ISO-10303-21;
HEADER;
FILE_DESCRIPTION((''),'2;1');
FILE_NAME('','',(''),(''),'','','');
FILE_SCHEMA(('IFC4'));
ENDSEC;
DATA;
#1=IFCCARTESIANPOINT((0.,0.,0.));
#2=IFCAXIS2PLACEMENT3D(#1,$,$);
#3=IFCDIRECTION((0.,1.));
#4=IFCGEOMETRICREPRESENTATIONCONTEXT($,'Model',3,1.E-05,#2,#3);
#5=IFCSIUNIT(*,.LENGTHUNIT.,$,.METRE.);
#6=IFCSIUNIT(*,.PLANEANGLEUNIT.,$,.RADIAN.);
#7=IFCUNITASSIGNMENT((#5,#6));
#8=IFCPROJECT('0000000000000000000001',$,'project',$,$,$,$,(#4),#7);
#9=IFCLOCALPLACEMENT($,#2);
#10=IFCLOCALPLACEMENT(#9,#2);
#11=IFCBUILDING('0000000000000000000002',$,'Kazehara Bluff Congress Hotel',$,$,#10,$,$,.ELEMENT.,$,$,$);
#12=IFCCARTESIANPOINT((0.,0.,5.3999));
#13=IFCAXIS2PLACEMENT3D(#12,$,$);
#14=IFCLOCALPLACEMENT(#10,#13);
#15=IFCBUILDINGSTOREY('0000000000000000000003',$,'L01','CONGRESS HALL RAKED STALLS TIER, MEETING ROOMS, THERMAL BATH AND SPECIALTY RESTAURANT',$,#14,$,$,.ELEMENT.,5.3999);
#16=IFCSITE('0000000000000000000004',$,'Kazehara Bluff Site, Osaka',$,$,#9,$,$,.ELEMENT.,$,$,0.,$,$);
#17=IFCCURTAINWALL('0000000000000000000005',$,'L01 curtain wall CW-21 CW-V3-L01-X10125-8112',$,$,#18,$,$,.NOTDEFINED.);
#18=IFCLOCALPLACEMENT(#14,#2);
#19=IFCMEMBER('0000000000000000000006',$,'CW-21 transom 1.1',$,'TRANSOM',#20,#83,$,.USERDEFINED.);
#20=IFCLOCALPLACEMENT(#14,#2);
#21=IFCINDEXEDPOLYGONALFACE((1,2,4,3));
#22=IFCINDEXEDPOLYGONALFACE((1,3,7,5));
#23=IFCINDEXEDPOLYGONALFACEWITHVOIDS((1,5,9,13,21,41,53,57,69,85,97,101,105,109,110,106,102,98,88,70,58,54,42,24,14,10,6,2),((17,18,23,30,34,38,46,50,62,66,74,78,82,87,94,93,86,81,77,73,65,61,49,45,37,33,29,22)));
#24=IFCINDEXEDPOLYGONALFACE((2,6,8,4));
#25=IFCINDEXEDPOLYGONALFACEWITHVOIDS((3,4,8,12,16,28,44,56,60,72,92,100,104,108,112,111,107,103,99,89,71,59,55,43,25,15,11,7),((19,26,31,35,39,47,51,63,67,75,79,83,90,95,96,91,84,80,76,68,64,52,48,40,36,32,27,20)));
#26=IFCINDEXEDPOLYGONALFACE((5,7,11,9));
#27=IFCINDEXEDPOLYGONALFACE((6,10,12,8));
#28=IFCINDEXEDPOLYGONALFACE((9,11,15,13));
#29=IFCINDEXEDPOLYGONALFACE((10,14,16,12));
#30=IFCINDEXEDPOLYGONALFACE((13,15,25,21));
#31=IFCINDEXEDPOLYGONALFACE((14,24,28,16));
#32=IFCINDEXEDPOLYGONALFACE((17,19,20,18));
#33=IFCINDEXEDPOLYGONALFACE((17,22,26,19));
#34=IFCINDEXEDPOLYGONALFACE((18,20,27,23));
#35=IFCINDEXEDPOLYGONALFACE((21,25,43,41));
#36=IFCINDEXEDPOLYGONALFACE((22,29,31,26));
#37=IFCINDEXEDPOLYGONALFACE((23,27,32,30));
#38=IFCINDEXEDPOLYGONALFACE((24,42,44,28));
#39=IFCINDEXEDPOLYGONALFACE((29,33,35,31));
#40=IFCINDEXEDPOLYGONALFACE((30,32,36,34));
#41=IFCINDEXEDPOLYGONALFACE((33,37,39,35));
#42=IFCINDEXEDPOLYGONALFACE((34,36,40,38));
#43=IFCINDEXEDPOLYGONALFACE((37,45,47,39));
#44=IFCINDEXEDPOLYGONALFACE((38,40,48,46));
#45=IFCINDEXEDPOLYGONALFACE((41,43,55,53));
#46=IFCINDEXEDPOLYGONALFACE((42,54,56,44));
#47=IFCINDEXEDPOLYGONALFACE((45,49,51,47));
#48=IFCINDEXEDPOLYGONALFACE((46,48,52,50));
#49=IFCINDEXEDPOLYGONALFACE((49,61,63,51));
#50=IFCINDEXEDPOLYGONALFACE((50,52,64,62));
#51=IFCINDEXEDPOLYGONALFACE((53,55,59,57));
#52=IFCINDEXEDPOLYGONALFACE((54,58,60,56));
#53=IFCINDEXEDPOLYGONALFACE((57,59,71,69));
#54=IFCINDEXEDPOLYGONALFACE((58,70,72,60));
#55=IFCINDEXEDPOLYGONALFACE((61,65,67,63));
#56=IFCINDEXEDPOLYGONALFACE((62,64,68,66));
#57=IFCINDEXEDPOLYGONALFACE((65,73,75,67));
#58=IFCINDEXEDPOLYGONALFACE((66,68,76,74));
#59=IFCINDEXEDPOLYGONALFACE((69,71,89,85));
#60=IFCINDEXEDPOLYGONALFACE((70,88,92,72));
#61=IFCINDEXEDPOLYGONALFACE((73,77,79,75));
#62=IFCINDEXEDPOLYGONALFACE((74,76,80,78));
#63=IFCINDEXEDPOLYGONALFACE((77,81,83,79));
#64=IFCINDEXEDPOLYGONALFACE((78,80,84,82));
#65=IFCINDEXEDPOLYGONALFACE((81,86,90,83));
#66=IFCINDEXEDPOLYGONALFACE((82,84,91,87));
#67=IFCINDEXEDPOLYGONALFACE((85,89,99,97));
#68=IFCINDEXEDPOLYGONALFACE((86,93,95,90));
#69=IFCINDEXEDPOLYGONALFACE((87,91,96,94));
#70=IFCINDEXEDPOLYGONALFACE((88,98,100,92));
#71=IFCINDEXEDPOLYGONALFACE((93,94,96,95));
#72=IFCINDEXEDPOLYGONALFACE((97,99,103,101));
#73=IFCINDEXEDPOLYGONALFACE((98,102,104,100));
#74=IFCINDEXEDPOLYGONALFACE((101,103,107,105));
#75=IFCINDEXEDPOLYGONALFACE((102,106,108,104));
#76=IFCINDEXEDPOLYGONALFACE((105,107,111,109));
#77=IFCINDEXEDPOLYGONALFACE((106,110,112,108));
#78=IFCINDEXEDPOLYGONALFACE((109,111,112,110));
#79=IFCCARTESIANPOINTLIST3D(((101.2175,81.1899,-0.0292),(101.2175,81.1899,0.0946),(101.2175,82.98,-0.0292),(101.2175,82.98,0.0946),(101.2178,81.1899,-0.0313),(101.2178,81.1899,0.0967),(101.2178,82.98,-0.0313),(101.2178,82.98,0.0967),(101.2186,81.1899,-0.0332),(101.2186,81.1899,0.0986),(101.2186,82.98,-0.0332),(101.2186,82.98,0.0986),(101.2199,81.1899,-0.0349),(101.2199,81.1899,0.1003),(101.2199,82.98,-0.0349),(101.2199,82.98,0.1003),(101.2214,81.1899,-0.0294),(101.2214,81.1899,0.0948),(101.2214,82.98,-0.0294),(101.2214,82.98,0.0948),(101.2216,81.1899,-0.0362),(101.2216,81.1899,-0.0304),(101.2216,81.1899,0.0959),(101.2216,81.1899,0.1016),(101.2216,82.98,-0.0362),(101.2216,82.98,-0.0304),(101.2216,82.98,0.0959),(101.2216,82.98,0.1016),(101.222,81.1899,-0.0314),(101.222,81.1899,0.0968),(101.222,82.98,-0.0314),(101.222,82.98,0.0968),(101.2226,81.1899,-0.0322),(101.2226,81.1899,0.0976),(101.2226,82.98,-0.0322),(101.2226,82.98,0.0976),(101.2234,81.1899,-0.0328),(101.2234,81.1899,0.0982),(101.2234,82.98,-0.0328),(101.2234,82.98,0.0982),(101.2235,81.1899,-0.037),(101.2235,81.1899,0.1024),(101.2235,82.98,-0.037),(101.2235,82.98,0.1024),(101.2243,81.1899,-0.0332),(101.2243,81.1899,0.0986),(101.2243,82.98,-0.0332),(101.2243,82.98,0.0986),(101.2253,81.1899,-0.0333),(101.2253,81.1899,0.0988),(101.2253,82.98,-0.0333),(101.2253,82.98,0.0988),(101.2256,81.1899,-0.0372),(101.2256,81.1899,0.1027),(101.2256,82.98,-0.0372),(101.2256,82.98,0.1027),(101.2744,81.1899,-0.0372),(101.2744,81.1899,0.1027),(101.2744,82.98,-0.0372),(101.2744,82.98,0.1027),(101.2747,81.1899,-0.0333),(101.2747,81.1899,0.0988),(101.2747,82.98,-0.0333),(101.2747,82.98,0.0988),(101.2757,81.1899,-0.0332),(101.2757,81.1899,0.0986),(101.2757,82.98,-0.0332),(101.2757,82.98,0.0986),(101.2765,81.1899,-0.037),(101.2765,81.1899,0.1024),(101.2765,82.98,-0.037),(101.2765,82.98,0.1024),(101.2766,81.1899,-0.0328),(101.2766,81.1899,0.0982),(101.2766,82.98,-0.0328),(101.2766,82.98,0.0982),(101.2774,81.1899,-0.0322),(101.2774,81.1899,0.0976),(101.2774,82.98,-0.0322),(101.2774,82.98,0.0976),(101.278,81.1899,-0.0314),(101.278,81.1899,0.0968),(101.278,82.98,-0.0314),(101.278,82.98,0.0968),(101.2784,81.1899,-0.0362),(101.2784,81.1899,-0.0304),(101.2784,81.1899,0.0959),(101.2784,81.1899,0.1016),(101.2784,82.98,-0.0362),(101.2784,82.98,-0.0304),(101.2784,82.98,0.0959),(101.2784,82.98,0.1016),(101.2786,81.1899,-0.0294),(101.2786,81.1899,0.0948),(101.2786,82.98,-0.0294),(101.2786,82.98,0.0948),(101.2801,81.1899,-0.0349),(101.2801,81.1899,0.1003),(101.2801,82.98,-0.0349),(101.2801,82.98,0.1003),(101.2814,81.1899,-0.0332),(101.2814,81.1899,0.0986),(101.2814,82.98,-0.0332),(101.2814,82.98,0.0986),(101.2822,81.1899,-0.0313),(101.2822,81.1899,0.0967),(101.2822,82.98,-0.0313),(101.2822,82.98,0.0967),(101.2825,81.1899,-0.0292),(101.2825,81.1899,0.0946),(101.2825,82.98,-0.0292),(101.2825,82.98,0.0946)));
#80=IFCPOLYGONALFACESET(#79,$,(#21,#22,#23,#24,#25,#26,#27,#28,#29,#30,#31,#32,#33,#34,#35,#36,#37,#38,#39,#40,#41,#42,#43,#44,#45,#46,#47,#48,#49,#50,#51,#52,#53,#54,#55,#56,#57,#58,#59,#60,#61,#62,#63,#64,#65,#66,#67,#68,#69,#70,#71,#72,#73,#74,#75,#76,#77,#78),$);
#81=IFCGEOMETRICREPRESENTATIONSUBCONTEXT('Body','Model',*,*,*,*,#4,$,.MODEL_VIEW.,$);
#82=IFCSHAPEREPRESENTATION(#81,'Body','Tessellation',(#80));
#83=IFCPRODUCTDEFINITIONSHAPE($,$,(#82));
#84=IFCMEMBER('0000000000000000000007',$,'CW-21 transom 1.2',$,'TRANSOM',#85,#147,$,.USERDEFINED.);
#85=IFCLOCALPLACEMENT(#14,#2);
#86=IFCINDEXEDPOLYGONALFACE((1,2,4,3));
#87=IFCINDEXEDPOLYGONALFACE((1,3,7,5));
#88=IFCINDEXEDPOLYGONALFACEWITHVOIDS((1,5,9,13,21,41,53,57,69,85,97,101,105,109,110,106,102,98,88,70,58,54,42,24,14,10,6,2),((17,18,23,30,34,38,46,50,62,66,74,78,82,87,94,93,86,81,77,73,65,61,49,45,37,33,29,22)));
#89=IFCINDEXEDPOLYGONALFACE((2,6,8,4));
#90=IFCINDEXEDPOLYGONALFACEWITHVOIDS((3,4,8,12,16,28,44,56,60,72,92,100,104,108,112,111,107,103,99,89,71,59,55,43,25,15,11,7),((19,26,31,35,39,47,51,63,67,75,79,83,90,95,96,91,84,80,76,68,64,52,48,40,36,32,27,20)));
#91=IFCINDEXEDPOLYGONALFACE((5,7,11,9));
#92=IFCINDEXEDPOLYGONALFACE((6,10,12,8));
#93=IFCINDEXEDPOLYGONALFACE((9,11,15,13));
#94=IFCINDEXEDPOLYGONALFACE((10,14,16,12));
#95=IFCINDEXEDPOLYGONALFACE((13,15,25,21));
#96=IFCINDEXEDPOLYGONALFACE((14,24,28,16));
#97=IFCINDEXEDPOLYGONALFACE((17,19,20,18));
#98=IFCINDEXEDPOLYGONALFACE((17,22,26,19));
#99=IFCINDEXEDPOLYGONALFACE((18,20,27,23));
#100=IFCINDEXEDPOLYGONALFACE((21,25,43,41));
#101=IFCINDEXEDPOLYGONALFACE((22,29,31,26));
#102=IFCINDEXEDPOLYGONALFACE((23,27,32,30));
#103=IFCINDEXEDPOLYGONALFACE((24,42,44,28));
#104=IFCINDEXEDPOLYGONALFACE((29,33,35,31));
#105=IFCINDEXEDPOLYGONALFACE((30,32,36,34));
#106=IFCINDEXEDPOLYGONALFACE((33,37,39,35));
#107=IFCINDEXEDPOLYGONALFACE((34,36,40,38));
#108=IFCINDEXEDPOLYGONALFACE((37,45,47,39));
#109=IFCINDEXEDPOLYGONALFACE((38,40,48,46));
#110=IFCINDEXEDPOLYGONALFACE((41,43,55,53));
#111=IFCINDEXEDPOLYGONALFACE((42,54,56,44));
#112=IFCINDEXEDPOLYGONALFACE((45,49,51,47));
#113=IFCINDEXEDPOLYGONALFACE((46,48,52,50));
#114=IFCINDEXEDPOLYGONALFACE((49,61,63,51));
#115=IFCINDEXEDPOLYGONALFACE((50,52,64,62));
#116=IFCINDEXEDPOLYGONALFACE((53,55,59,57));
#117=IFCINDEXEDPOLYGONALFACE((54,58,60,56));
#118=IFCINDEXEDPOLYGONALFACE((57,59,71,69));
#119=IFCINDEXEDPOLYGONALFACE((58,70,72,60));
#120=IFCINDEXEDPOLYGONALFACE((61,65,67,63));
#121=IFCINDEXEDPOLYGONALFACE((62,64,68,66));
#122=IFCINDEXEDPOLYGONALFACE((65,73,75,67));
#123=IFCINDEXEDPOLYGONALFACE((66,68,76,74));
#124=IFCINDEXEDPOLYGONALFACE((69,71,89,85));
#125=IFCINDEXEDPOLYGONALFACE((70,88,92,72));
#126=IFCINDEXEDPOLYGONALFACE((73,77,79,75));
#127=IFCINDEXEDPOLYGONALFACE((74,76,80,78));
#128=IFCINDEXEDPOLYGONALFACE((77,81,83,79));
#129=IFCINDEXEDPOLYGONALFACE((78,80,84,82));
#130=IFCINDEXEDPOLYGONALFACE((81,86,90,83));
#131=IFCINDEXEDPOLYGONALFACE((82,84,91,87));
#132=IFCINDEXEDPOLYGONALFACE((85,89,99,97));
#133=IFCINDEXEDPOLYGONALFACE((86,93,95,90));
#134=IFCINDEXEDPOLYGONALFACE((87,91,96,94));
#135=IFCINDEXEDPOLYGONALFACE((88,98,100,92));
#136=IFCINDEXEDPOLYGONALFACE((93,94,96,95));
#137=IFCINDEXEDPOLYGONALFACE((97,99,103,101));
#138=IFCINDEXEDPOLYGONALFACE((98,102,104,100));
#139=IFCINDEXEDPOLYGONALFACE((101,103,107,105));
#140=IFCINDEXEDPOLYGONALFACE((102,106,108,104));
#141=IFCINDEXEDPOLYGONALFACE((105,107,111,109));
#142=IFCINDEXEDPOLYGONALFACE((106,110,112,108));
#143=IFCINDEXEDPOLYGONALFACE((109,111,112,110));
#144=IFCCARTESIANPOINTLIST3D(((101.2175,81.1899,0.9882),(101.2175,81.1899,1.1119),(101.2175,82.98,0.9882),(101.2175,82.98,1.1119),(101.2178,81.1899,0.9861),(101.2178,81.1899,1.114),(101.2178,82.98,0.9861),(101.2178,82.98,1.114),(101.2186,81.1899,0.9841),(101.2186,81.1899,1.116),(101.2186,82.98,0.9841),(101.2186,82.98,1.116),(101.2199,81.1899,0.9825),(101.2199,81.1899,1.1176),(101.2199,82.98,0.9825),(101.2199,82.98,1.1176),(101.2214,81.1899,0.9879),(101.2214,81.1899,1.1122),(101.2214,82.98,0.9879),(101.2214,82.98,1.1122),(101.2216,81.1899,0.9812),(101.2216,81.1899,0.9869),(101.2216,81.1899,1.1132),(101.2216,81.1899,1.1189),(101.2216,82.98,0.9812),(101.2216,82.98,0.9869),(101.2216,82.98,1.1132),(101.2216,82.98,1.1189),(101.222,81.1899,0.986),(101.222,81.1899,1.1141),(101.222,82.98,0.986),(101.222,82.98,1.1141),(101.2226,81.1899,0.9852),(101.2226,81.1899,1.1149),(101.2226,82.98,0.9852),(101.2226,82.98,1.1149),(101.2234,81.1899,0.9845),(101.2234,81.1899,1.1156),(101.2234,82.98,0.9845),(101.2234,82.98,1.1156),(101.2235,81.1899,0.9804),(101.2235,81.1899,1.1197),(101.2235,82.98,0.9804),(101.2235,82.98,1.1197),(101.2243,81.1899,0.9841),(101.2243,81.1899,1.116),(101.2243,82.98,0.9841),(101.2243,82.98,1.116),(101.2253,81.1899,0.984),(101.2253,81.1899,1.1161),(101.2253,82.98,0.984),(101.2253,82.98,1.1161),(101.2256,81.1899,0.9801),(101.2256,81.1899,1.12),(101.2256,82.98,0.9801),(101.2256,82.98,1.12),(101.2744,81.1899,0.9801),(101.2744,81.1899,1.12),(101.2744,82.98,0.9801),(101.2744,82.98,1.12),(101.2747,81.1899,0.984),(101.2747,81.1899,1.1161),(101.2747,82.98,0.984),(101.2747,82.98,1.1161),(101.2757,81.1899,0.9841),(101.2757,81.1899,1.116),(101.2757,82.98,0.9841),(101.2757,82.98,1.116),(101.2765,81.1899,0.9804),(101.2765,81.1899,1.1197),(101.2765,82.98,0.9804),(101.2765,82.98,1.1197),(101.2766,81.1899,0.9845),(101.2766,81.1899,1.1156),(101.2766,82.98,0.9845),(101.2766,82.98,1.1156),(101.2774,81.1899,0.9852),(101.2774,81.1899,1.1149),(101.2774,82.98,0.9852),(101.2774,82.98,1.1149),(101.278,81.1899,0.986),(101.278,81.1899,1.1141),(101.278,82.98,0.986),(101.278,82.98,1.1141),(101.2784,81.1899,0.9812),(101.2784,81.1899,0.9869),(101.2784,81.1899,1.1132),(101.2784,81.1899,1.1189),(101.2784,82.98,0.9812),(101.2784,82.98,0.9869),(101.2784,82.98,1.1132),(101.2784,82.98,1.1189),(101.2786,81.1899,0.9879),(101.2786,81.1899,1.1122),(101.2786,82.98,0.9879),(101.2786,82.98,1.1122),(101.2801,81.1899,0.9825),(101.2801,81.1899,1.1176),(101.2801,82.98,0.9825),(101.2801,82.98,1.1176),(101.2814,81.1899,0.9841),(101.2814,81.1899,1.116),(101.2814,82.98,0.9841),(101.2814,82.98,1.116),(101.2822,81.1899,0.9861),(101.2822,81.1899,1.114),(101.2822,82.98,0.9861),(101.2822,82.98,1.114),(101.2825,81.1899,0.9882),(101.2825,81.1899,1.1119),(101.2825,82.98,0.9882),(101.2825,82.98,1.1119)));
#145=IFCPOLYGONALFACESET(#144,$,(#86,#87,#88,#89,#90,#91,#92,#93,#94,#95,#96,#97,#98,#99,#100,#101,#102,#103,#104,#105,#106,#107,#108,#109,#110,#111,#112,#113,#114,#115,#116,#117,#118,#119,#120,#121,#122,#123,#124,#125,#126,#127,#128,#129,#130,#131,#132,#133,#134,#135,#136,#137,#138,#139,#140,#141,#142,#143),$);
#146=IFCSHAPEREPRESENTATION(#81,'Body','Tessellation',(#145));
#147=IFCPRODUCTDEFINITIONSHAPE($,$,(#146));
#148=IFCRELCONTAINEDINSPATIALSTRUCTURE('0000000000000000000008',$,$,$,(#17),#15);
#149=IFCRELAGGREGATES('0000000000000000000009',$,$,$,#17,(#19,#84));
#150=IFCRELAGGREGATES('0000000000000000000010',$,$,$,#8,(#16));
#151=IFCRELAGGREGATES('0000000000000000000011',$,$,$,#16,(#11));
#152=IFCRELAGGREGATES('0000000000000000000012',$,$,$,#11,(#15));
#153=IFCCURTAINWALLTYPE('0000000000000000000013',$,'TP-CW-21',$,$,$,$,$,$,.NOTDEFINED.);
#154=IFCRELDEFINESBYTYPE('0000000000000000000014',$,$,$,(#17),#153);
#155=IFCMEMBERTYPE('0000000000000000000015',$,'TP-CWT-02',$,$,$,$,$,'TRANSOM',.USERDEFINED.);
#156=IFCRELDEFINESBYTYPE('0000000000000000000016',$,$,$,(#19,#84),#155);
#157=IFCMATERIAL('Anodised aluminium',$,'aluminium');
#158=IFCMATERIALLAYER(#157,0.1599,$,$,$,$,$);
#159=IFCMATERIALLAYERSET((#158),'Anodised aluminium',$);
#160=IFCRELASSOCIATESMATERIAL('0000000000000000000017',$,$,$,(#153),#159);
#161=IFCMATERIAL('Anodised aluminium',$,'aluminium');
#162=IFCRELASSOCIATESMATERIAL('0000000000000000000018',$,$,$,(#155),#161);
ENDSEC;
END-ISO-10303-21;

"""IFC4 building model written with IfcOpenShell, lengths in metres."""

from ifc_helpers import new_model, si_unit, direction, frame, origin, origin_2d, place, context, subcontext, project, spatial, hollow_rectangle, extrude, material, layer, layer_set, material_profile, profile_set, type_object, element, aggregate, save


model = new_model("IFC4")

# Units and contexts
model_context = context("Model", 3, precision=1e-05, world=origin(), true_north=direction((0.0, 1.0)))
body_context = subcontext(model_context, "Body", "Model", "MODEL_VIEW")
ifc_project = project(units=[si_unit("LENGTHUNIT", "METRE"), si_unit("PLANEANGLEUNIT", "RADIAN")], contexts=[model_context])

# Site, building, storey
site_placement = place(None, origin())
site = spatial("IfcSite", under=ifc_project, at=site_placement, Name="Kazehara Bluff Site, Osaka", CompositionType="ELEMENT", RefElevation=0.0)
building_placement = place(site_placement, origin())
building = spatial("IfcBuilding", under=site, at=building_placement, Name="Kazehara Bluff Congress Hotel", CompositionType="ELEMENT")
storey_placement = place(building_placement, frame((0.0, 0.0, 5.3999)))
storey = spatial("IfcBuildingStorey", under=building, at=storey_placement, Name="L01", Description="CONGRESS HALL RAKED STALLS TIER, MEETING ROOMS, THERMAL BATH AND SPECIALTY RESTAURANT", CompositionType="ELEMENT", Elevation=5.3999)

# Curtain wall
ifc_material_1 = material(Name="Anodised aluminium", Category="aluminium")
ifc_layer_1 = layer(ifc_material_1, 0.1599)
ifc_layer_set_1 = layer_set([ifc_layer_1], Name="Anodised aluminium")
curtain_wall_type_1 = type_object("IfcCurtainWallType", Name="TP-CW-21", PredefinedType="NOTDEFINED", material=ifc_layer_set_1)
curtain_wall_1_placement = place(storey_placement, origin())
curtain_wall_1 = element("IfcCurtainWall", 1, at=curtain_wall_1_placement, inside=storey, type_object=curtain_wall_type_1, Name="L01 curtain wall CW-21 CW-V3-L01-X10125-8112", PredefinedType="NOTDEFINED")

# Members
ifc_material_2 = material(Name="Anodised aluminium", Category="aluminium")
ifc_material_profile_1 = material_profile(ifc_material_2, hollow_rectangle(XDim=0.0649, YDim=0.1399, WallThickness=0.0039, InnerFilletRadius=0.0039, OuterFilletRadius=0.0081, at=origin_2d()))
ifc_profile_set_1 = profile_set([ifc_material_profile_1], Name="Anodised aluminium")
member_type_1 = type_object("IfcMemberType", Name="TP-CWT-02", ElementType="TRANSOM", PredefinedType="USERDEFINED", material=ifc_profile_set_1)
member_1_placement = place(storey_placement, frame((101.25, 81.1899, 0.0327), z_axis=(0.0, 1.0, 0.0), x_axis=(-1.0, 0.0, 0.0)))
member_1 = element("IfcMember", 2, at=member_1_placement, type_object=member_type_1, Name="CW-21 transom 1.1", ObjectType="TRANSOM", PredefinedType="USERDEFINED", context=body_context, shape_type="SweptSolid", body=[
    extrude(hollow_rectangle(XDim=0.0649, YDim=0.1399, WallThickness=0.0039, InnerFilletRadius=0.0039, OuterFilletRadius=0.0081, at=origin_2d()), origin(), (0.0, 0.0, 1.0), 1.79),
])
member_2_placement = place(storey_placement, frame((101.25, 81.1899, 1.05), z_axis=(0.0, 1.0, 0.0), x_axis=(-1.0, 0.0, 0.0)))
member_2 = element("IfcMember", 3, at=member_2_placement, type_object=member_type_1, Name="CW-21 transom 1.2", ObjectType="TRANSOM", PredefinedType="USERDEFINED", context=body_context, shape_type="SweptSolid", body=[
    extrude(hollow_rectangle(XDim=0.0649, YDim=0.1399, WallThickness=0.0039, InnerFilletRadius=0.0039, OuterFilletRadius=0.0081, at=origin_2d()), origin(), (0.0, 0.0, 1.0), 1.79),
])

aggregate(curtain_wall_1, [member_1, member_2])

save(model, "model.ifc")
